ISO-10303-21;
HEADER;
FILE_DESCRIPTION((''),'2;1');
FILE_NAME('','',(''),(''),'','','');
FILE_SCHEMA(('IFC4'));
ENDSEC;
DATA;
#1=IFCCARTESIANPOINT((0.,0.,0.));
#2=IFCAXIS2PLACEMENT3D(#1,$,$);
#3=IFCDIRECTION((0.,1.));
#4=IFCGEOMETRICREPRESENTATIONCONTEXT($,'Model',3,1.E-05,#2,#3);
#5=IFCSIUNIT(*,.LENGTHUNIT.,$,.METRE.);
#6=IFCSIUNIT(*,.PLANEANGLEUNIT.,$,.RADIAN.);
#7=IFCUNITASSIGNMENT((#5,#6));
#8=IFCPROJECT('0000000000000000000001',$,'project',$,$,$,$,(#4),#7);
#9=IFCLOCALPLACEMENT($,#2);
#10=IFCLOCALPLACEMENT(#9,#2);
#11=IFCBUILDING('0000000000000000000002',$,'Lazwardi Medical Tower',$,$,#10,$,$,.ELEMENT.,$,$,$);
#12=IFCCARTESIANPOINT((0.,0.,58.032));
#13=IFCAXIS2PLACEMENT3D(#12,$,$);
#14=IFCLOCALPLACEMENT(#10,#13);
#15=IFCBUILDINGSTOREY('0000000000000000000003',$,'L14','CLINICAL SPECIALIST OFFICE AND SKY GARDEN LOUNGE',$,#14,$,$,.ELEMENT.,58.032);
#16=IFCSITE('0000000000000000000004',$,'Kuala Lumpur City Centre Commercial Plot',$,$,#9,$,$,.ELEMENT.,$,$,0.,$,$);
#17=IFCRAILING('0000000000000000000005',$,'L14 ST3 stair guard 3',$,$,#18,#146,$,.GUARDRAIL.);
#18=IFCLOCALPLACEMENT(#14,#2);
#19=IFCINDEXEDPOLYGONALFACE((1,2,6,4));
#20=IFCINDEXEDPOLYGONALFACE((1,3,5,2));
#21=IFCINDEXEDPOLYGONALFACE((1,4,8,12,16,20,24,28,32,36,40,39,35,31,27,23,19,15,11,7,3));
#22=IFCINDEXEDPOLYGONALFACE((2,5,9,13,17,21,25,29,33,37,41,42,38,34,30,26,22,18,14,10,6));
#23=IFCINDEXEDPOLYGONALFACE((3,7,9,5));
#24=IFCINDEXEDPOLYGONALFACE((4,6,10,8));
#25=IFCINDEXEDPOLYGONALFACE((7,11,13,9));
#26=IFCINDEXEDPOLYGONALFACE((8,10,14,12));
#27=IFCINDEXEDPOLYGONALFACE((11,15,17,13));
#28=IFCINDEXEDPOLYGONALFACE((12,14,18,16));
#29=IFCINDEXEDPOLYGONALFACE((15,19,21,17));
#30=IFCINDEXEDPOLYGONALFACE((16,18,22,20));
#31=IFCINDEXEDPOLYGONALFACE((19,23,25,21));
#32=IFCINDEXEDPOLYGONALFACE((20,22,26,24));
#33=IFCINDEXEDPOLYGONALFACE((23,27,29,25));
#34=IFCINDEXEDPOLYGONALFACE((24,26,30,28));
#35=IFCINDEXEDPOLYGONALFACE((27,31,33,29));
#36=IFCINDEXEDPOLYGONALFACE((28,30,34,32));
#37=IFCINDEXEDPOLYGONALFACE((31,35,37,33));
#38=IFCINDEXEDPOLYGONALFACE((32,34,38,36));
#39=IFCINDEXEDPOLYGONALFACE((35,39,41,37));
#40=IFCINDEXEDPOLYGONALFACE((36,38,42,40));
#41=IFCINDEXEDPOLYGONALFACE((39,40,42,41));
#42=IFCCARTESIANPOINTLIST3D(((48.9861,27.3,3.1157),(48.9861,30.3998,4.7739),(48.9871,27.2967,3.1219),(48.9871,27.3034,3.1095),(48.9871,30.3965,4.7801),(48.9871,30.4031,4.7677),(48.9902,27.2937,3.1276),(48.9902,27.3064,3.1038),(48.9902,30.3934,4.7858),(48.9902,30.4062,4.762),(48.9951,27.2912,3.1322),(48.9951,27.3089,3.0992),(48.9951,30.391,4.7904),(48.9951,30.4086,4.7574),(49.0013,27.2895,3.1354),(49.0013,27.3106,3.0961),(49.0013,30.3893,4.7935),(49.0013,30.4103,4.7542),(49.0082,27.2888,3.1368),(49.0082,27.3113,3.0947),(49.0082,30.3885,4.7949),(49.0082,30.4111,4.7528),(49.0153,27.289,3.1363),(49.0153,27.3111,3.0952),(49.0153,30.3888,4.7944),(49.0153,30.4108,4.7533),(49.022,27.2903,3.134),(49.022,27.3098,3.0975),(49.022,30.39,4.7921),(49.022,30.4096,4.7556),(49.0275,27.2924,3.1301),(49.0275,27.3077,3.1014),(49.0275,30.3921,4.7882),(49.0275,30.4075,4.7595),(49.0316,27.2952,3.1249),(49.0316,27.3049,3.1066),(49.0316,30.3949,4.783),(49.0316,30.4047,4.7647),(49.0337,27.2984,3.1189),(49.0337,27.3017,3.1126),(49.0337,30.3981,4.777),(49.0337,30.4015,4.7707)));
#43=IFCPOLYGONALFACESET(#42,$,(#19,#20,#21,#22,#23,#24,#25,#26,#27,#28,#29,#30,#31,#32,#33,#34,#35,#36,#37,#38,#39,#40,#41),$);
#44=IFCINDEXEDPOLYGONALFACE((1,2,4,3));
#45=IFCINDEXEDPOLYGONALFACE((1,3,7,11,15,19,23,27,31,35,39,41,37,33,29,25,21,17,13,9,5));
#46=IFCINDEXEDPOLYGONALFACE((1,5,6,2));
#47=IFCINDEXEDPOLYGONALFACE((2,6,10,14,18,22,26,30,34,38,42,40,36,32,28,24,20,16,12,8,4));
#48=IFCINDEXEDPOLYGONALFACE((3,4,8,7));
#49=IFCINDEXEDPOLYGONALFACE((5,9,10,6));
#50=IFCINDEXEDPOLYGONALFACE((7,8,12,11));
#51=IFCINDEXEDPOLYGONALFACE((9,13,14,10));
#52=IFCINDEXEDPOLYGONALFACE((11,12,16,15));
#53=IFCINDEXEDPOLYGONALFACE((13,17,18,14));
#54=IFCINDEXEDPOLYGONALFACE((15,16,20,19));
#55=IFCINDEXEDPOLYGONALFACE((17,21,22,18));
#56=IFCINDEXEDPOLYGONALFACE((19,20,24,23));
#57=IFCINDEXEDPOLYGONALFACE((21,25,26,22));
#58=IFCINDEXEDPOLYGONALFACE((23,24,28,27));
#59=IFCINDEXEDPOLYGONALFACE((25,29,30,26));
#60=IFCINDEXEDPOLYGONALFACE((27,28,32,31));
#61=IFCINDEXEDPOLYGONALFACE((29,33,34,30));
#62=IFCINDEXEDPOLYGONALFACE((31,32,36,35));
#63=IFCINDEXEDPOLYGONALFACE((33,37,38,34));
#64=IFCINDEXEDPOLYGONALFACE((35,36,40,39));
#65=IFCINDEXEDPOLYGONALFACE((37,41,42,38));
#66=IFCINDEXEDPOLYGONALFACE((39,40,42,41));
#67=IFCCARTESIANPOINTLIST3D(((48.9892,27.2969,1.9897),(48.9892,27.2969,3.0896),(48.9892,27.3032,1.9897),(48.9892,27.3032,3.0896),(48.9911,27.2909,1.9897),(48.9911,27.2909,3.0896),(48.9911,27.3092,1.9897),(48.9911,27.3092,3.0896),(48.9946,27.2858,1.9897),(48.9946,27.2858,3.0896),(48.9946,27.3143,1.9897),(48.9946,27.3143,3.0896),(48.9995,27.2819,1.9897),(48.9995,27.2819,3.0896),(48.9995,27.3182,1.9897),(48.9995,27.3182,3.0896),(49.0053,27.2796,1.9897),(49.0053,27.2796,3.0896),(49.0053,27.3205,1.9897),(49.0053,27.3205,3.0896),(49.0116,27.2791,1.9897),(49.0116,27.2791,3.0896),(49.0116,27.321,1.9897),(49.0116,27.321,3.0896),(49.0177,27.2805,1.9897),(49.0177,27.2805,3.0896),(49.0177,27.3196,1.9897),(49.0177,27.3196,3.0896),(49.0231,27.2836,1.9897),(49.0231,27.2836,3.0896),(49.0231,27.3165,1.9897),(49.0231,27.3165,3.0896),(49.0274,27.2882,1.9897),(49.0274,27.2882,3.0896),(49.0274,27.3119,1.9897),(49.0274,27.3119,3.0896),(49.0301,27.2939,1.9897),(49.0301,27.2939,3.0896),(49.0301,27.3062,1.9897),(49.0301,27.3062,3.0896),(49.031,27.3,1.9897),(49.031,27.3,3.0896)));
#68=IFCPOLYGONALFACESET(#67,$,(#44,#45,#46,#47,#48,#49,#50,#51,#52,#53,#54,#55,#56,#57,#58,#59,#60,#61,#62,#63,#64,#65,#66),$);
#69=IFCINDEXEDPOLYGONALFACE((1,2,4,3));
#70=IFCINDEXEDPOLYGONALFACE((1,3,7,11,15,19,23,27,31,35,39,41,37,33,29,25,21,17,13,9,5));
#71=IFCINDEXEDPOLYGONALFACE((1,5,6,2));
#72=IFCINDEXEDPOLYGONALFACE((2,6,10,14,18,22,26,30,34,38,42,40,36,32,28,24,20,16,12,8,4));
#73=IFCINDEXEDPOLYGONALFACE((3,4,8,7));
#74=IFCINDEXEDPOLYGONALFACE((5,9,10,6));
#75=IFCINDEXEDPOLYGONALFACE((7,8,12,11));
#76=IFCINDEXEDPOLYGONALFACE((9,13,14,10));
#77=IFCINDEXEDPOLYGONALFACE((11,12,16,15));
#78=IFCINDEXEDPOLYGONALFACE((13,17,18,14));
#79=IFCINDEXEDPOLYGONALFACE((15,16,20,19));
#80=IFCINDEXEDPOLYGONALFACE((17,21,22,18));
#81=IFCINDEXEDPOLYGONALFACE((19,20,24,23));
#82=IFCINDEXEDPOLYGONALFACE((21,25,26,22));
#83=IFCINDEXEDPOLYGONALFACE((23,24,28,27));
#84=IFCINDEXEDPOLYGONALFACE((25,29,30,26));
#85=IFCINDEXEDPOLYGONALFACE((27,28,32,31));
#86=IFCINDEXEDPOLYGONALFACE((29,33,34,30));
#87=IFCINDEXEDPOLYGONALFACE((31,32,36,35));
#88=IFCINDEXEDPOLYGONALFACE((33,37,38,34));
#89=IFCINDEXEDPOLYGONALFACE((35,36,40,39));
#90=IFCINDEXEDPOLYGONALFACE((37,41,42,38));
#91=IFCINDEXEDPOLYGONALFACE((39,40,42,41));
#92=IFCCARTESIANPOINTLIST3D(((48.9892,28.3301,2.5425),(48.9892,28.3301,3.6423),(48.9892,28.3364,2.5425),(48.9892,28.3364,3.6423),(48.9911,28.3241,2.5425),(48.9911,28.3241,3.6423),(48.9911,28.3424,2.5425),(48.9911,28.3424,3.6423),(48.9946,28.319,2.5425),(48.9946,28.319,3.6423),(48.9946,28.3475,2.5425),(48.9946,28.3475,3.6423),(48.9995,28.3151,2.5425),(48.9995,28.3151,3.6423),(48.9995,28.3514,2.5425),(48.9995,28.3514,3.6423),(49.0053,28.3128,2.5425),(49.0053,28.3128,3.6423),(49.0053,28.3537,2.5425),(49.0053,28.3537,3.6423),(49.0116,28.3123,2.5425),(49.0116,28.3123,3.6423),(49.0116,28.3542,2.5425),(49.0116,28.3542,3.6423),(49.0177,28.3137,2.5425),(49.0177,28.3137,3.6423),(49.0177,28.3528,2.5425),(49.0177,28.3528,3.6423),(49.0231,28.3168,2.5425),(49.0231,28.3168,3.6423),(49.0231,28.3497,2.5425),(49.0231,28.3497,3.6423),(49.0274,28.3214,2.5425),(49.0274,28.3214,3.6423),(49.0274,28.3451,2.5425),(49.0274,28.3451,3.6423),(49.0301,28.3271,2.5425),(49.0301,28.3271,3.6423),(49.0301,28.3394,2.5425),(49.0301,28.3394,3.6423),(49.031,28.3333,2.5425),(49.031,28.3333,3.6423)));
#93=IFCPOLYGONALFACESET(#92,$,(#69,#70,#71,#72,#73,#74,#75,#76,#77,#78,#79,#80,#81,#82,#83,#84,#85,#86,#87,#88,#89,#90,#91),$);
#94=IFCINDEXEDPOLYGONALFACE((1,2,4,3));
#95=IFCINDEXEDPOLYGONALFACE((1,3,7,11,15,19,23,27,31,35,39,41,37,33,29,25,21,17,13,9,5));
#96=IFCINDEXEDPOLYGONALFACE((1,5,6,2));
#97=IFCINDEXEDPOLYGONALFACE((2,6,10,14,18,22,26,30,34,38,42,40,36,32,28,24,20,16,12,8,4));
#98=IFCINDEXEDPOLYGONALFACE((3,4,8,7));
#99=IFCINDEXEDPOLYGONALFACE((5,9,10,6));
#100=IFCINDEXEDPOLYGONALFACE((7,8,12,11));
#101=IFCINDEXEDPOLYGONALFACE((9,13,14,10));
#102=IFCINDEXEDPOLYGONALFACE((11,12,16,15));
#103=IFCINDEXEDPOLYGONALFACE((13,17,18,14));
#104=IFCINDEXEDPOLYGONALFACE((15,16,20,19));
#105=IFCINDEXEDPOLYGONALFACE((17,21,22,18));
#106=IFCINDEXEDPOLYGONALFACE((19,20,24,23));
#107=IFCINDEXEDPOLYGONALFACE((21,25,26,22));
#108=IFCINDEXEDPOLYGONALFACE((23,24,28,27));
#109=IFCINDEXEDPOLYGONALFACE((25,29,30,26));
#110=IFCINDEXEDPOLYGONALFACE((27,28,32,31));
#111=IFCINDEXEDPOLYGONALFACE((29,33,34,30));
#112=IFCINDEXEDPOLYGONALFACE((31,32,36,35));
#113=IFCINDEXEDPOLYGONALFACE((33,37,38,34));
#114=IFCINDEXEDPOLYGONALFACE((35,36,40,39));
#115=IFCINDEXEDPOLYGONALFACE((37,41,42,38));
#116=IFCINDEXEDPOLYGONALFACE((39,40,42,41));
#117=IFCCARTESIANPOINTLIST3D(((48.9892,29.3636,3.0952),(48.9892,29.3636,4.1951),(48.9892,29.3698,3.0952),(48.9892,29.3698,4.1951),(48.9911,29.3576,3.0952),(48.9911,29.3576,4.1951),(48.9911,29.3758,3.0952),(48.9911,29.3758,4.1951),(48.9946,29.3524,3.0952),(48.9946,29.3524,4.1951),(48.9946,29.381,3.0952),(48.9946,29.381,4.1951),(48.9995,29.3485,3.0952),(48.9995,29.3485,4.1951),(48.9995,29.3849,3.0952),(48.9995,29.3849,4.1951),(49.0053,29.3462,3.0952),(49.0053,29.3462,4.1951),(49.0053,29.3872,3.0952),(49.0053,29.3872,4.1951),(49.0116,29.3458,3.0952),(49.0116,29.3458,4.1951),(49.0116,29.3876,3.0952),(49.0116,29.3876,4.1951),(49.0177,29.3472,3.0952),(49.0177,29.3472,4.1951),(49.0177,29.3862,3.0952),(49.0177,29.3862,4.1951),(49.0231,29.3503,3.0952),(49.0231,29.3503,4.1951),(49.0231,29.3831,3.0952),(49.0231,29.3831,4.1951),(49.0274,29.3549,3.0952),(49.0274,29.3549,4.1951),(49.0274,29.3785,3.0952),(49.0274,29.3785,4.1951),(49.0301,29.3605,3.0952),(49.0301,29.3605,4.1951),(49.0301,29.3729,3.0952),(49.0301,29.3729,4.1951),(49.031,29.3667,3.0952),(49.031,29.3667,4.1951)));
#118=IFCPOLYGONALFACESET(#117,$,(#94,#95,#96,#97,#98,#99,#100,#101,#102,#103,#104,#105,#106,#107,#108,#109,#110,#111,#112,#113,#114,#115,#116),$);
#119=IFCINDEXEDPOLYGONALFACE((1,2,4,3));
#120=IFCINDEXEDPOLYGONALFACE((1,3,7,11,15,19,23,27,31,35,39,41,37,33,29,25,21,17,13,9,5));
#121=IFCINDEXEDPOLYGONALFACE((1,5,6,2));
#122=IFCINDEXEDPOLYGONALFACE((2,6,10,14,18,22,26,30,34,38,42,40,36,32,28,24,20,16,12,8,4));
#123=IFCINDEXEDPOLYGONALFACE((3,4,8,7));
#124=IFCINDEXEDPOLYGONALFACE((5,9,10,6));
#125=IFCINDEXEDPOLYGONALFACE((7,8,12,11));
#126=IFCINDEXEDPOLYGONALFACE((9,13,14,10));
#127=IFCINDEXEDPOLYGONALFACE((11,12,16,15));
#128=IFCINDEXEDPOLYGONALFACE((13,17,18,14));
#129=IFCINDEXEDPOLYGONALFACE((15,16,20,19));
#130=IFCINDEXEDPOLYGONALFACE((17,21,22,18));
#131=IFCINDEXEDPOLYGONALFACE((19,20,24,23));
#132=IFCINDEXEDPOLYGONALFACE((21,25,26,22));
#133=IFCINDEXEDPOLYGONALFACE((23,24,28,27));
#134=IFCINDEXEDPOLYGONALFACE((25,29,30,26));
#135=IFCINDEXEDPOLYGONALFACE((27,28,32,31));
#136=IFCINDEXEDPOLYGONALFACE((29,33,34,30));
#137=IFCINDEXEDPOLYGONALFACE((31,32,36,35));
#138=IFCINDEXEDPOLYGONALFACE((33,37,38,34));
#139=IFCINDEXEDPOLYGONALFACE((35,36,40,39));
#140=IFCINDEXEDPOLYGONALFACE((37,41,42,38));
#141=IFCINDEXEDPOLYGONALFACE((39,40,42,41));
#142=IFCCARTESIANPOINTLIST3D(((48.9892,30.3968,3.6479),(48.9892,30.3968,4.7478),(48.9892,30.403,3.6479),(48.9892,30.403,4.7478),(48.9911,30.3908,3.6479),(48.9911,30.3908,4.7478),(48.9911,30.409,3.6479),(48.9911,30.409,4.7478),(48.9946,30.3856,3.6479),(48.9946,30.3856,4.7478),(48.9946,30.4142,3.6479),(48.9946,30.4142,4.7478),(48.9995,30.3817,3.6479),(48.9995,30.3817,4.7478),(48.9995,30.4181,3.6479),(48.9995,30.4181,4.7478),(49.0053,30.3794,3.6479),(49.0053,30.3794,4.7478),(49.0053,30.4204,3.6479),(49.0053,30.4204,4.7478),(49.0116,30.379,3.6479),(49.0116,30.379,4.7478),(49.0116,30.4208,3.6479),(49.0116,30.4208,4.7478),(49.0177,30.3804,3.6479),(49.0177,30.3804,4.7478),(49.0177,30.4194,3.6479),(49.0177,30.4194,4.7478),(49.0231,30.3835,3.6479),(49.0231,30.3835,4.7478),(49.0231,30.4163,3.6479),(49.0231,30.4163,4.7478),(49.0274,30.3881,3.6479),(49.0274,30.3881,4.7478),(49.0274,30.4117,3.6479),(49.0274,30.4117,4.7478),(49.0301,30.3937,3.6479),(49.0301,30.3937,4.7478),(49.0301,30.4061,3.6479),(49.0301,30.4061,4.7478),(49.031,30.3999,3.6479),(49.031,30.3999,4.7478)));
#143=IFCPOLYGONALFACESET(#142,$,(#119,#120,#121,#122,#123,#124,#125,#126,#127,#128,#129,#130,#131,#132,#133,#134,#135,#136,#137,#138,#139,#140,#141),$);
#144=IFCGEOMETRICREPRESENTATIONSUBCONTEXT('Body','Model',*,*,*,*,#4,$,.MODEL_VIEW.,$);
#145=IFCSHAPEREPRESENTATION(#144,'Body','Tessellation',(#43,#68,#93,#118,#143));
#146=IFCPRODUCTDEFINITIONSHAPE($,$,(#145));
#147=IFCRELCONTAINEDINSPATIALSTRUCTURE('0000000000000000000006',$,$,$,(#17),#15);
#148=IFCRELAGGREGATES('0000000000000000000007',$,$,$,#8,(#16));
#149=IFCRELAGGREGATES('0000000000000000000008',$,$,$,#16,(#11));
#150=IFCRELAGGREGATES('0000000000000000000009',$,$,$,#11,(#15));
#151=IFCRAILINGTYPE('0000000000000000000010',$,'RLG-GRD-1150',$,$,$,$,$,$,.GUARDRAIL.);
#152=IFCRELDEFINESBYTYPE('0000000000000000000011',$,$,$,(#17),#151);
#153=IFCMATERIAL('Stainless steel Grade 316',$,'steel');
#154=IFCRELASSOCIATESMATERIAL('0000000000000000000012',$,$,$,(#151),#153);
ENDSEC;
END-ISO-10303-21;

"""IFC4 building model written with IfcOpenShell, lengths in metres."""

from ifc_helpers import new_model, si_unit, direction, frame, origin, origin_2d, place, context, subcontext, project, spatial, circle, extrude, material, type_object, element, save


model = new_model("IFC4")

# Units and contexts
model_context = context("Model", 3, precision=1e-05, world=origin(), true_north=direction((0.0, 1.0)))
body_context = subcontext(model_context, "Body", "Model", "MODEL_VIEW")
ifc_project = project(units=[si_unit("LENGTHUNIT", "METRE"), si_unit("PLANEANGLEUNIT", "RADIAN")], contexts=[model_context])

# Site, building, storey
site_placement = place(None, origin())
site = spatial("IfcSite", under=ifc_project, at=site_placement, Name="Kuala Lumpur City Centre Commercial Plot", CompositionType="ELEMENT", RefElevation=0.0)
building_placement = place(site_placement, origin())
building = spatial("IfcBuilding", under=site, at=building_placement, Name="Lazwardi Medical Tower", CompositionType="ELEMENT")
storey_placement = place(building_placement, frame((0.0, 0.0, 58.032)))
storey = spatial("IfcBuildingStorey", under=building, at=storey_placement, Name="L14", Description="CLINICAL SPECIALIST OFFICE AND SKY GARDEN LOUNGE", CompositionType="ELEMENT", Elevation=58.032)

# Railing
ifc_material_1 = material(Name="Stainless steel Grade 316", Category="steel")
railing_type_1 = type_object("IfcRailingType", Name="RLG-GRD-1150", PredefinedType="GUARDRAIL", material=ifc_material_1)
railing_1_placement = place(storey_placement, frame((49.01, 27.3, 1.9897)))
element("IfcRailing", 1, at=railing_1_placement, inside=storey, type_object=railing_type_1, Name="L14 ST3 stair guard 3", PredefinedType="GUARDRAIL", context=body_context, shape_type="SweptSolid", body=[
    extrude(circle(Radius=0.0239, at=origin_2d()), frame((0.0, 0.0, 1.126), z_axis=(0.0, 0.881768, 0.471684), x_axis=(-1.0, 0.0, 0.0)), (0.0, 0.0, 1.0), 3.5154),
    extrude(circle(Radius=0.021, at=origin_2d()), origin(), (0.0, 0.0, 1.0), 1.0999),
    extrude(circle(Radius=0.021, at=origin_2d()), frame((0.0, 1.0332, 0.5527)), (0.0, 0.0, 1.0), 1.0999),
    extrude(circle(Radius=0.021, at=origin_2d()), frame((0.0, 2.0667, 1.1055)), (0.0, 0.0, 1.0), 1.0999),
    extrude(circle(Radius=0.021, at=origin_2d()), frame((0.0, 3.0999, 1.6582)), (0.0, 0.0, 1.0), 1.0999),
])

save(model, "model.ifc")
